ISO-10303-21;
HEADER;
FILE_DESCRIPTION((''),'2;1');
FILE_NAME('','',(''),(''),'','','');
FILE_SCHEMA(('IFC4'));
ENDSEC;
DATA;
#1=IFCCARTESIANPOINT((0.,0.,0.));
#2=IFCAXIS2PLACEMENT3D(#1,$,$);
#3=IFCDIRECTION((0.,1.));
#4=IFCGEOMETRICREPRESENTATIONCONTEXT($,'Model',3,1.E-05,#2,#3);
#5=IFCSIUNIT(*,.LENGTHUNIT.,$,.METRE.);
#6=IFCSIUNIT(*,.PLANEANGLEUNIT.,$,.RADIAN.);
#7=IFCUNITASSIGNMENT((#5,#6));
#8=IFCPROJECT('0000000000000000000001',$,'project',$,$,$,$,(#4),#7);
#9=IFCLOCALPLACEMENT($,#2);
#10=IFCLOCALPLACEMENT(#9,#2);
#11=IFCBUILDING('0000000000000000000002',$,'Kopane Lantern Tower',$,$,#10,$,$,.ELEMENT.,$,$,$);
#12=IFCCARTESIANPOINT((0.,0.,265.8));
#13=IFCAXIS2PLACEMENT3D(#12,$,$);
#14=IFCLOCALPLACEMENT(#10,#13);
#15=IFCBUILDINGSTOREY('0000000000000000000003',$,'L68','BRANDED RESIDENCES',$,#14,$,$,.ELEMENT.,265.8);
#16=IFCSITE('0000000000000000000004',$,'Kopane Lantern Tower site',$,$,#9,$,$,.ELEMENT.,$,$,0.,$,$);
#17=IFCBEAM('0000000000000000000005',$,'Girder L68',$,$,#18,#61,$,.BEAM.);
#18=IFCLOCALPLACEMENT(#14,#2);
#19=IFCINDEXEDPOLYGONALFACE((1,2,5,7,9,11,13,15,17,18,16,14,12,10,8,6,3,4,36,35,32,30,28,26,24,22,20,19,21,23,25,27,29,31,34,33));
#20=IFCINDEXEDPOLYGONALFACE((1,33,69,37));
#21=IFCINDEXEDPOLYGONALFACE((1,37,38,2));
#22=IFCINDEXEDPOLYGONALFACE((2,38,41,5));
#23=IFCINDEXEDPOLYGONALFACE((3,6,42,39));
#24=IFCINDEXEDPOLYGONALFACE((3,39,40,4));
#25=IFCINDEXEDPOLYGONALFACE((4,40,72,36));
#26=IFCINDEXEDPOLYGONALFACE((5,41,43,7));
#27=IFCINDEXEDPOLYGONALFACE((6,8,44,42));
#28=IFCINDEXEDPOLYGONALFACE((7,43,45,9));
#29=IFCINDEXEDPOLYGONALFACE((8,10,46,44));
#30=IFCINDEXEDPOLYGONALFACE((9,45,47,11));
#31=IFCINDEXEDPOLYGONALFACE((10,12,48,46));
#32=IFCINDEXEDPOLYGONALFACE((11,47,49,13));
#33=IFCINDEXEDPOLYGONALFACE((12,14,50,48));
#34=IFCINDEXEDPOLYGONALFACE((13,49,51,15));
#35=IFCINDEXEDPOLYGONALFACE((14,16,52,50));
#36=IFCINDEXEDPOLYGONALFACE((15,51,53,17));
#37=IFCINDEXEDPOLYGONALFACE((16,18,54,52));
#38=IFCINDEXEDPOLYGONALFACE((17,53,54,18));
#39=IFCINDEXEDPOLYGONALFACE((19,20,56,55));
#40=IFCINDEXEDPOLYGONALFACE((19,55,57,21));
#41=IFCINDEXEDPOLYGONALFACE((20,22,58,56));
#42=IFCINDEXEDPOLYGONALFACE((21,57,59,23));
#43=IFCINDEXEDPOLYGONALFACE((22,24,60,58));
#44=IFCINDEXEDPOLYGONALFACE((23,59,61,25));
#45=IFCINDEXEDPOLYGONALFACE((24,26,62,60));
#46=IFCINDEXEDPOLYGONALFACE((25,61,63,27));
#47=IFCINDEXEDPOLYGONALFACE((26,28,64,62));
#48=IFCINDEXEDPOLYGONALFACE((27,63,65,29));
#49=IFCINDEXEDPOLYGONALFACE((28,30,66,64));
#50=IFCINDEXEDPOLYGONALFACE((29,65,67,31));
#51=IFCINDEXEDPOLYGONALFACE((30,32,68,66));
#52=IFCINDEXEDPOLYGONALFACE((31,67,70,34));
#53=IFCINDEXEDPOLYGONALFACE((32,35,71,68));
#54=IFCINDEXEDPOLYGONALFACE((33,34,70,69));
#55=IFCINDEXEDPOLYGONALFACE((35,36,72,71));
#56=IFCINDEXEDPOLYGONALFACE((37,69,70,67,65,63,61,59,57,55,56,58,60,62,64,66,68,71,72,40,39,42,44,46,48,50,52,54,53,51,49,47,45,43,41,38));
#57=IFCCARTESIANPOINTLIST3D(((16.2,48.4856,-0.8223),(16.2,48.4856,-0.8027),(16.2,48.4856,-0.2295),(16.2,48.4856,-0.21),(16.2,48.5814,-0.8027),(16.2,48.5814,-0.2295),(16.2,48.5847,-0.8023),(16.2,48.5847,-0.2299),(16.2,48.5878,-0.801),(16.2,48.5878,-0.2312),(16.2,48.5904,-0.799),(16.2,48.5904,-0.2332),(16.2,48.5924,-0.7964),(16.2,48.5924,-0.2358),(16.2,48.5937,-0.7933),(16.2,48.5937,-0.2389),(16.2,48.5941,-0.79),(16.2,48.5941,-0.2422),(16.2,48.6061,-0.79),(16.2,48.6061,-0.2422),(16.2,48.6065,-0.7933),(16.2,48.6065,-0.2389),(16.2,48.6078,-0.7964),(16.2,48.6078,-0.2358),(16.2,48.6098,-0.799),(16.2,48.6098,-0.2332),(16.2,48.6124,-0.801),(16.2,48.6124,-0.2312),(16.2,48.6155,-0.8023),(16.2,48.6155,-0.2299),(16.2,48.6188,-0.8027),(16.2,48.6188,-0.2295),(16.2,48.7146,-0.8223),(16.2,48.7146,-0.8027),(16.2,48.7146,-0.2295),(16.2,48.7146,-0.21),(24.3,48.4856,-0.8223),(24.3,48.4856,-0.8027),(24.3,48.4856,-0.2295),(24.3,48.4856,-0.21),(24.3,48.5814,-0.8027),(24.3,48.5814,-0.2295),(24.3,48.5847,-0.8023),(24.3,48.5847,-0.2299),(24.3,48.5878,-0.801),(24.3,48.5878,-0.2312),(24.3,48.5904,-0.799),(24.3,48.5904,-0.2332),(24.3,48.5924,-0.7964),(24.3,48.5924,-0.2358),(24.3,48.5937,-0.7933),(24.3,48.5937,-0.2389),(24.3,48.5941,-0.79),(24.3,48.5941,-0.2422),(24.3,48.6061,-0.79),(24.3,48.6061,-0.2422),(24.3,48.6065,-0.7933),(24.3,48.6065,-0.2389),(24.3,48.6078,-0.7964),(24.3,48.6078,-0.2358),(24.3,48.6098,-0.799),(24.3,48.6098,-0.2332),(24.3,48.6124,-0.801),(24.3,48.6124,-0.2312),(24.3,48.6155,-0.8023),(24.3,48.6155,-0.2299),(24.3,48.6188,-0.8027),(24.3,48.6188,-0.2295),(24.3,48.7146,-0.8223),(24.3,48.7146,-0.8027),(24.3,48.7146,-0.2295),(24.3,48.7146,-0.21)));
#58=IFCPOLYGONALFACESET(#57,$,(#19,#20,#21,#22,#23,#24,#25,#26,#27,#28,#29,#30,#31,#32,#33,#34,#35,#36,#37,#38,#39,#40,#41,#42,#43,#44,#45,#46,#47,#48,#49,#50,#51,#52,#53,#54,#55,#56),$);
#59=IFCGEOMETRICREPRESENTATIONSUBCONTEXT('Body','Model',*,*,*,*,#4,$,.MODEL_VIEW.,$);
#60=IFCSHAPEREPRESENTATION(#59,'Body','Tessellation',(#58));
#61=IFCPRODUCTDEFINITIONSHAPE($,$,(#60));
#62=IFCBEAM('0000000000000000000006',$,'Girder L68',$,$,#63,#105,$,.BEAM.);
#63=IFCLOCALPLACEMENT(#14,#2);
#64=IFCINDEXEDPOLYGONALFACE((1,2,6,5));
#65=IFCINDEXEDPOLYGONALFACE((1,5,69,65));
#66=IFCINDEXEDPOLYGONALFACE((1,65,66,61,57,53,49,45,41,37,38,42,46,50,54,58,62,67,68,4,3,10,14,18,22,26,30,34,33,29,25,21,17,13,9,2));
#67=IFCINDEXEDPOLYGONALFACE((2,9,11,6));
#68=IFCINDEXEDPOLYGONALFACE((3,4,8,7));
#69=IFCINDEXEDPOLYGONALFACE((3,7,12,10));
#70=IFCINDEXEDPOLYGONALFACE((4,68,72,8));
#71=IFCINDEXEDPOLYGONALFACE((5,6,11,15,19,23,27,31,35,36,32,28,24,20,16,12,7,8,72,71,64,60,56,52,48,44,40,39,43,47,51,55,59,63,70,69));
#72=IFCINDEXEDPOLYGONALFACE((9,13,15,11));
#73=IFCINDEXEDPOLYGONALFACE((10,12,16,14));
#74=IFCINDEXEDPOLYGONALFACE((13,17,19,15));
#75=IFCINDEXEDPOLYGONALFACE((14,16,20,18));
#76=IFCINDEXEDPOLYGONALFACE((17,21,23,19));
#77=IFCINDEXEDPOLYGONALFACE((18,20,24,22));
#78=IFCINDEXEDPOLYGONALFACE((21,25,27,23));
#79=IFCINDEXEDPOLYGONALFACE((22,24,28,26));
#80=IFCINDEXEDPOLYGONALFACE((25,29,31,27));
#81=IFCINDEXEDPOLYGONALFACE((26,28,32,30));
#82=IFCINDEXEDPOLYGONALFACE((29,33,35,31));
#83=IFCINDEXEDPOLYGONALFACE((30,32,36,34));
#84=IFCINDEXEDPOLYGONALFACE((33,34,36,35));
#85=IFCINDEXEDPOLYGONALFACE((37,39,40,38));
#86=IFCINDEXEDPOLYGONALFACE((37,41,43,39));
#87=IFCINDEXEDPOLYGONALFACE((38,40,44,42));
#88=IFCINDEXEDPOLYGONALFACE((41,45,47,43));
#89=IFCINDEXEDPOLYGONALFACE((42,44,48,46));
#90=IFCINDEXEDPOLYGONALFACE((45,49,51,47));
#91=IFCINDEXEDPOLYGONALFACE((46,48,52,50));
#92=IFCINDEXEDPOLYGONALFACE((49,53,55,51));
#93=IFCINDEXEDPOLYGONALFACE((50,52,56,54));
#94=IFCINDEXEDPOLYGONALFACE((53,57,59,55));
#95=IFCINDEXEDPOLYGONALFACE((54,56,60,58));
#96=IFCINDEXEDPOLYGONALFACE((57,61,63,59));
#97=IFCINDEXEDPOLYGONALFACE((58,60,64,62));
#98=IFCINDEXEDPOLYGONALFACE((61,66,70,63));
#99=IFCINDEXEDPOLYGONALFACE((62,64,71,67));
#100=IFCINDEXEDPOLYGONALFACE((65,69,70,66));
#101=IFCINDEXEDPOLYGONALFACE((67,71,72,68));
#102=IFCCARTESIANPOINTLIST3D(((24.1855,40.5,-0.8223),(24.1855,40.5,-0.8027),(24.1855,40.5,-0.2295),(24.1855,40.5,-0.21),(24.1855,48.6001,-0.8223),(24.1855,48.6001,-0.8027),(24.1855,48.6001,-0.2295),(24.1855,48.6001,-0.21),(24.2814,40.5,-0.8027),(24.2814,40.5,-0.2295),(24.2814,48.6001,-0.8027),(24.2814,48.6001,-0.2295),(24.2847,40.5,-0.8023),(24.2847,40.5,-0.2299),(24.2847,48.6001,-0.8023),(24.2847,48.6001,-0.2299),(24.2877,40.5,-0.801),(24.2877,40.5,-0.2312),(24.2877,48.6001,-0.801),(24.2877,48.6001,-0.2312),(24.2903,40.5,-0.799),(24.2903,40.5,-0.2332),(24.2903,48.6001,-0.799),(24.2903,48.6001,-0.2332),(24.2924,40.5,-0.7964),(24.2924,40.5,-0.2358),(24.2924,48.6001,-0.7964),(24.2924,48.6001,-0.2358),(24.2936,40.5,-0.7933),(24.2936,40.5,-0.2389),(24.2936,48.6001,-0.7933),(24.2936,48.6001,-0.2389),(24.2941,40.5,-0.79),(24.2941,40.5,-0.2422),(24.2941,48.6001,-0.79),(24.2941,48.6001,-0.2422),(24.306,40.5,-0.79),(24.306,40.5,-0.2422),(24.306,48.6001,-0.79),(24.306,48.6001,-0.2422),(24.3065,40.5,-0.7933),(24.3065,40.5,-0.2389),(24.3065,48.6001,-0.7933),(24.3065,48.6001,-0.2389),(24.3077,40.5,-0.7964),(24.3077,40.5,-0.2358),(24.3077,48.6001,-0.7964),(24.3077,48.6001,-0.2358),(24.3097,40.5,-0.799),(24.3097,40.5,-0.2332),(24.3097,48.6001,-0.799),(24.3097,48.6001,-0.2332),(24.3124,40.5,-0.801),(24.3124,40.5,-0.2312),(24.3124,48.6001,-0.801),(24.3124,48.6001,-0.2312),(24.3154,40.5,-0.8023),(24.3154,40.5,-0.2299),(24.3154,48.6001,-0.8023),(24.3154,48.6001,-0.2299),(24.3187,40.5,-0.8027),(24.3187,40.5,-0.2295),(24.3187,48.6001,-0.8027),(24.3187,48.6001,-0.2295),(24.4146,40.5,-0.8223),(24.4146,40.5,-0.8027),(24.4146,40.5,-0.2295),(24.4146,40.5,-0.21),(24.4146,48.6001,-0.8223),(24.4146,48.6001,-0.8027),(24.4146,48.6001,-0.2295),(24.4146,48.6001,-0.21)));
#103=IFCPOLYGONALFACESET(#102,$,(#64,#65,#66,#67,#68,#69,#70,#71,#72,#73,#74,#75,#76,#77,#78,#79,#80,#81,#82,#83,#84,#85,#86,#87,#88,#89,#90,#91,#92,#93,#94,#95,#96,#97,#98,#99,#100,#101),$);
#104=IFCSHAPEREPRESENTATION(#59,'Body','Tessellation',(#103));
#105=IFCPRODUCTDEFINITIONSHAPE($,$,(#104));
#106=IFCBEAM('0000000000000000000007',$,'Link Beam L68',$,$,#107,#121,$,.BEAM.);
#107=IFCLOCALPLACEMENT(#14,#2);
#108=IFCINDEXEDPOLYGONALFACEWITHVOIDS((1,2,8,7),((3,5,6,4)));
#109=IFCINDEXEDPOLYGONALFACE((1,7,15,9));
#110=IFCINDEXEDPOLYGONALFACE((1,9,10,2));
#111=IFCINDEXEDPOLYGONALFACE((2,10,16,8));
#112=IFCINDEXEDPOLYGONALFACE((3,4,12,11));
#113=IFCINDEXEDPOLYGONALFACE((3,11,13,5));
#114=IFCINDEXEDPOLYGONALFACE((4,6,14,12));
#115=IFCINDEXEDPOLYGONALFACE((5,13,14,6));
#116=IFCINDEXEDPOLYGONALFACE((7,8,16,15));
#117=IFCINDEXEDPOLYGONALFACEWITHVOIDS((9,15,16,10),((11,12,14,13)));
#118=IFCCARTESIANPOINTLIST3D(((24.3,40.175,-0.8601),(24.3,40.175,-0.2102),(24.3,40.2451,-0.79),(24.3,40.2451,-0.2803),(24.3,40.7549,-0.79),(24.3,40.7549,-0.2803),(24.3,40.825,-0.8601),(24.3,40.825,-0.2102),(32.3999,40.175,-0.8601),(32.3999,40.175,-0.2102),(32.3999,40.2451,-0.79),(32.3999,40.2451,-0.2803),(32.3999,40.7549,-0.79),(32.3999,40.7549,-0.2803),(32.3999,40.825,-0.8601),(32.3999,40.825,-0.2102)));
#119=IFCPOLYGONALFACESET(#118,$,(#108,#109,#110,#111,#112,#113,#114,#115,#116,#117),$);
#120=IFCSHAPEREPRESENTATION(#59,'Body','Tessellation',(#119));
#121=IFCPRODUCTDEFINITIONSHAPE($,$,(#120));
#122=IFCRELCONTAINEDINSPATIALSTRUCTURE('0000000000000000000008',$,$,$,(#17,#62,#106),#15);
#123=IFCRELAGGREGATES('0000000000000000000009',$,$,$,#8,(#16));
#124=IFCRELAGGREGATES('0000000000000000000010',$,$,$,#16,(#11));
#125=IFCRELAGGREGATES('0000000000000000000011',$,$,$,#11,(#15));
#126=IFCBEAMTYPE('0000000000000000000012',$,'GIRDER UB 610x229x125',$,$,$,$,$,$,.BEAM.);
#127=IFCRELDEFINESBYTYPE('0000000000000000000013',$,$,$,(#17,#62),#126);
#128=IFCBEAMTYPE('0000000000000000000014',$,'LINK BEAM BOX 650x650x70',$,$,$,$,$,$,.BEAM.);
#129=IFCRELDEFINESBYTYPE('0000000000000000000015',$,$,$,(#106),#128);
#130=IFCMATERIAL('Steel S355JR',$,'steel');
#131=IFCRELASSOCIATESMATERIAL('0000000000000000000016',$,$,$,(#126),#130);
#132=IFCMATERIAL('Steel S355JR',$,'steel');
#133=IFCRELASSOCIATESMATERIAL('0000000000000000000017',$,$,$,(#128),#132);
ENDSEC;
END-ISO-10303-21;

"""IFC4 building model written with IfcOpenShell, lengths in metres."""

from ifc_helpers import new_model, si_unit, direction, frame, origin, origin_2d, place, context, subcontext, project, spatial, hollow_rectangle, i_section, extrude, material, material_profile, profile_set, type_object, element, save


model = new_model("IFC4")

# Units and contexts
model_context = context("Model", 3, precision=1e-05, world=origin(), true_north=direction((0.0, 1.0)))
body_context = subcontext(model_context, "Body", "Model", "MODEL_VIEW")
ifc_project = project(units=[si_unit("LENGTHUNIT", "METRE"), si_unit("PLANEANGLEUNIT", "RADIAN")], contexts=[model_context])

# Site, building, storey
site_placement = place(None, origin())
site = spatial("IfcSite", under=ifc_project, at=site_placement, Name="Kopane Lantern Tower site", CompositionType="ELEMENT", RefElevation=0.0)
building_placement = place(site_placement, origin())
building = spatial("IfcBuilding", under=site, at=building_placement, Name="Kopane Lantern Tower", CompositionType="ELEMENT")
storey_placement = place(building_placement, frame((0.0, 0.0, 265.8)))
storey = spatial("IfcBuildingStorey", under=building, at=storey_placement, Name="L68", Description="BRANDED RESIDENCES", CompositionType="ELEMENT", Elevation=265.8)

# Beams
ifc_material_1 = material(Name="Steel S355JR", Category="steel")
ifc_material_profile_1 = material_profile(ifc_material_1, i_section(OverallWidth=0.229, OverallDepth=0.6123, WebThickness=0.012, FlangeThickness=0.0195, FilletRadius=0.0127, at=origin_2d()), Name="UB 610x229x125")
ifc_profile_set_1 = profile_set([ifc_material_profile_1], Name="Steel S355JR")
beam_type_1 = type_object("IfcBeamType", Name="GIRDER UB 610x229x125", PredefinedType="BEAM", material=ifc_profile_set_1)
for number, where, z_axis, x_axis, name in (
    (1, (16.2, 48.6001, -0.5161), (1.0, 0.0, 0.0), (0.0, 1.0, 0.0), "Girder L68"),
    (2, (24.3, 40.5, -0.5161), (0.0, 1.0, 0.0), (-1.0, 0.0, 0.0), "Girder L68"),
):
    element("IfcBeam", number, at=place(storey_placement, frame(where, z_axis=z_axis, x_axis=x_axis)), inside=storey, type_object=beam_type_1, Name=name, PredefinedType="BEAM", context=body_context, shape_type="SweptSolid", body=[
        extrude(i_section(OverallWidth=0.229, OverallDepth=0.6123, WebThickness=0.012, FlangeThickness=0.0195, FilletRadius=0.0127, at=origin_2d()), origin(), (0.0, 0.0, 1.0), 8.1001),
    ])
ifc_material_2 = material(Name="Steel S355JR", Category="steel")
ifc_material_profile_2 = material_profile(ifc_material_2, hollow_rectangle(XDim=0.6499, YDim=0.6499, WallThickness=0.0701, at=origin_2d()), Name="BOX 650x650x70")
ifc_profile_set_2 = profile_set([ifc_material_profile_2], Name="Steel S355JR")
beam_type_2 = type_object("IfcBeamType", Name="LINK BEAM BOX 650x650x70", PredefinedType="BEAM", material=ifc_profile_set_2)
beam_1_placement = place(storey_placement, frame((24.3, 40.5, -0.5352), z_axis=(1.0, 0.0, 0.0), x_axis=(0.0, 1.0, 0.0)))
element("IfcBeam", 3, at=beam_1_placement, inside=storey, type_object=beam_type_2, Name="Link Beam L68", PredefinedType="BEAM", context=body_context, shape_type="SweptSolid", body=[
    extrude(hollow_rectangle(XDim=0.6499, YDim=0.6499, WallThickness=0.0701, at=origin_2d()), origin(), (0.0, 0.0, 1.0), 8.0999),
])

save(model, "model.ifc")
